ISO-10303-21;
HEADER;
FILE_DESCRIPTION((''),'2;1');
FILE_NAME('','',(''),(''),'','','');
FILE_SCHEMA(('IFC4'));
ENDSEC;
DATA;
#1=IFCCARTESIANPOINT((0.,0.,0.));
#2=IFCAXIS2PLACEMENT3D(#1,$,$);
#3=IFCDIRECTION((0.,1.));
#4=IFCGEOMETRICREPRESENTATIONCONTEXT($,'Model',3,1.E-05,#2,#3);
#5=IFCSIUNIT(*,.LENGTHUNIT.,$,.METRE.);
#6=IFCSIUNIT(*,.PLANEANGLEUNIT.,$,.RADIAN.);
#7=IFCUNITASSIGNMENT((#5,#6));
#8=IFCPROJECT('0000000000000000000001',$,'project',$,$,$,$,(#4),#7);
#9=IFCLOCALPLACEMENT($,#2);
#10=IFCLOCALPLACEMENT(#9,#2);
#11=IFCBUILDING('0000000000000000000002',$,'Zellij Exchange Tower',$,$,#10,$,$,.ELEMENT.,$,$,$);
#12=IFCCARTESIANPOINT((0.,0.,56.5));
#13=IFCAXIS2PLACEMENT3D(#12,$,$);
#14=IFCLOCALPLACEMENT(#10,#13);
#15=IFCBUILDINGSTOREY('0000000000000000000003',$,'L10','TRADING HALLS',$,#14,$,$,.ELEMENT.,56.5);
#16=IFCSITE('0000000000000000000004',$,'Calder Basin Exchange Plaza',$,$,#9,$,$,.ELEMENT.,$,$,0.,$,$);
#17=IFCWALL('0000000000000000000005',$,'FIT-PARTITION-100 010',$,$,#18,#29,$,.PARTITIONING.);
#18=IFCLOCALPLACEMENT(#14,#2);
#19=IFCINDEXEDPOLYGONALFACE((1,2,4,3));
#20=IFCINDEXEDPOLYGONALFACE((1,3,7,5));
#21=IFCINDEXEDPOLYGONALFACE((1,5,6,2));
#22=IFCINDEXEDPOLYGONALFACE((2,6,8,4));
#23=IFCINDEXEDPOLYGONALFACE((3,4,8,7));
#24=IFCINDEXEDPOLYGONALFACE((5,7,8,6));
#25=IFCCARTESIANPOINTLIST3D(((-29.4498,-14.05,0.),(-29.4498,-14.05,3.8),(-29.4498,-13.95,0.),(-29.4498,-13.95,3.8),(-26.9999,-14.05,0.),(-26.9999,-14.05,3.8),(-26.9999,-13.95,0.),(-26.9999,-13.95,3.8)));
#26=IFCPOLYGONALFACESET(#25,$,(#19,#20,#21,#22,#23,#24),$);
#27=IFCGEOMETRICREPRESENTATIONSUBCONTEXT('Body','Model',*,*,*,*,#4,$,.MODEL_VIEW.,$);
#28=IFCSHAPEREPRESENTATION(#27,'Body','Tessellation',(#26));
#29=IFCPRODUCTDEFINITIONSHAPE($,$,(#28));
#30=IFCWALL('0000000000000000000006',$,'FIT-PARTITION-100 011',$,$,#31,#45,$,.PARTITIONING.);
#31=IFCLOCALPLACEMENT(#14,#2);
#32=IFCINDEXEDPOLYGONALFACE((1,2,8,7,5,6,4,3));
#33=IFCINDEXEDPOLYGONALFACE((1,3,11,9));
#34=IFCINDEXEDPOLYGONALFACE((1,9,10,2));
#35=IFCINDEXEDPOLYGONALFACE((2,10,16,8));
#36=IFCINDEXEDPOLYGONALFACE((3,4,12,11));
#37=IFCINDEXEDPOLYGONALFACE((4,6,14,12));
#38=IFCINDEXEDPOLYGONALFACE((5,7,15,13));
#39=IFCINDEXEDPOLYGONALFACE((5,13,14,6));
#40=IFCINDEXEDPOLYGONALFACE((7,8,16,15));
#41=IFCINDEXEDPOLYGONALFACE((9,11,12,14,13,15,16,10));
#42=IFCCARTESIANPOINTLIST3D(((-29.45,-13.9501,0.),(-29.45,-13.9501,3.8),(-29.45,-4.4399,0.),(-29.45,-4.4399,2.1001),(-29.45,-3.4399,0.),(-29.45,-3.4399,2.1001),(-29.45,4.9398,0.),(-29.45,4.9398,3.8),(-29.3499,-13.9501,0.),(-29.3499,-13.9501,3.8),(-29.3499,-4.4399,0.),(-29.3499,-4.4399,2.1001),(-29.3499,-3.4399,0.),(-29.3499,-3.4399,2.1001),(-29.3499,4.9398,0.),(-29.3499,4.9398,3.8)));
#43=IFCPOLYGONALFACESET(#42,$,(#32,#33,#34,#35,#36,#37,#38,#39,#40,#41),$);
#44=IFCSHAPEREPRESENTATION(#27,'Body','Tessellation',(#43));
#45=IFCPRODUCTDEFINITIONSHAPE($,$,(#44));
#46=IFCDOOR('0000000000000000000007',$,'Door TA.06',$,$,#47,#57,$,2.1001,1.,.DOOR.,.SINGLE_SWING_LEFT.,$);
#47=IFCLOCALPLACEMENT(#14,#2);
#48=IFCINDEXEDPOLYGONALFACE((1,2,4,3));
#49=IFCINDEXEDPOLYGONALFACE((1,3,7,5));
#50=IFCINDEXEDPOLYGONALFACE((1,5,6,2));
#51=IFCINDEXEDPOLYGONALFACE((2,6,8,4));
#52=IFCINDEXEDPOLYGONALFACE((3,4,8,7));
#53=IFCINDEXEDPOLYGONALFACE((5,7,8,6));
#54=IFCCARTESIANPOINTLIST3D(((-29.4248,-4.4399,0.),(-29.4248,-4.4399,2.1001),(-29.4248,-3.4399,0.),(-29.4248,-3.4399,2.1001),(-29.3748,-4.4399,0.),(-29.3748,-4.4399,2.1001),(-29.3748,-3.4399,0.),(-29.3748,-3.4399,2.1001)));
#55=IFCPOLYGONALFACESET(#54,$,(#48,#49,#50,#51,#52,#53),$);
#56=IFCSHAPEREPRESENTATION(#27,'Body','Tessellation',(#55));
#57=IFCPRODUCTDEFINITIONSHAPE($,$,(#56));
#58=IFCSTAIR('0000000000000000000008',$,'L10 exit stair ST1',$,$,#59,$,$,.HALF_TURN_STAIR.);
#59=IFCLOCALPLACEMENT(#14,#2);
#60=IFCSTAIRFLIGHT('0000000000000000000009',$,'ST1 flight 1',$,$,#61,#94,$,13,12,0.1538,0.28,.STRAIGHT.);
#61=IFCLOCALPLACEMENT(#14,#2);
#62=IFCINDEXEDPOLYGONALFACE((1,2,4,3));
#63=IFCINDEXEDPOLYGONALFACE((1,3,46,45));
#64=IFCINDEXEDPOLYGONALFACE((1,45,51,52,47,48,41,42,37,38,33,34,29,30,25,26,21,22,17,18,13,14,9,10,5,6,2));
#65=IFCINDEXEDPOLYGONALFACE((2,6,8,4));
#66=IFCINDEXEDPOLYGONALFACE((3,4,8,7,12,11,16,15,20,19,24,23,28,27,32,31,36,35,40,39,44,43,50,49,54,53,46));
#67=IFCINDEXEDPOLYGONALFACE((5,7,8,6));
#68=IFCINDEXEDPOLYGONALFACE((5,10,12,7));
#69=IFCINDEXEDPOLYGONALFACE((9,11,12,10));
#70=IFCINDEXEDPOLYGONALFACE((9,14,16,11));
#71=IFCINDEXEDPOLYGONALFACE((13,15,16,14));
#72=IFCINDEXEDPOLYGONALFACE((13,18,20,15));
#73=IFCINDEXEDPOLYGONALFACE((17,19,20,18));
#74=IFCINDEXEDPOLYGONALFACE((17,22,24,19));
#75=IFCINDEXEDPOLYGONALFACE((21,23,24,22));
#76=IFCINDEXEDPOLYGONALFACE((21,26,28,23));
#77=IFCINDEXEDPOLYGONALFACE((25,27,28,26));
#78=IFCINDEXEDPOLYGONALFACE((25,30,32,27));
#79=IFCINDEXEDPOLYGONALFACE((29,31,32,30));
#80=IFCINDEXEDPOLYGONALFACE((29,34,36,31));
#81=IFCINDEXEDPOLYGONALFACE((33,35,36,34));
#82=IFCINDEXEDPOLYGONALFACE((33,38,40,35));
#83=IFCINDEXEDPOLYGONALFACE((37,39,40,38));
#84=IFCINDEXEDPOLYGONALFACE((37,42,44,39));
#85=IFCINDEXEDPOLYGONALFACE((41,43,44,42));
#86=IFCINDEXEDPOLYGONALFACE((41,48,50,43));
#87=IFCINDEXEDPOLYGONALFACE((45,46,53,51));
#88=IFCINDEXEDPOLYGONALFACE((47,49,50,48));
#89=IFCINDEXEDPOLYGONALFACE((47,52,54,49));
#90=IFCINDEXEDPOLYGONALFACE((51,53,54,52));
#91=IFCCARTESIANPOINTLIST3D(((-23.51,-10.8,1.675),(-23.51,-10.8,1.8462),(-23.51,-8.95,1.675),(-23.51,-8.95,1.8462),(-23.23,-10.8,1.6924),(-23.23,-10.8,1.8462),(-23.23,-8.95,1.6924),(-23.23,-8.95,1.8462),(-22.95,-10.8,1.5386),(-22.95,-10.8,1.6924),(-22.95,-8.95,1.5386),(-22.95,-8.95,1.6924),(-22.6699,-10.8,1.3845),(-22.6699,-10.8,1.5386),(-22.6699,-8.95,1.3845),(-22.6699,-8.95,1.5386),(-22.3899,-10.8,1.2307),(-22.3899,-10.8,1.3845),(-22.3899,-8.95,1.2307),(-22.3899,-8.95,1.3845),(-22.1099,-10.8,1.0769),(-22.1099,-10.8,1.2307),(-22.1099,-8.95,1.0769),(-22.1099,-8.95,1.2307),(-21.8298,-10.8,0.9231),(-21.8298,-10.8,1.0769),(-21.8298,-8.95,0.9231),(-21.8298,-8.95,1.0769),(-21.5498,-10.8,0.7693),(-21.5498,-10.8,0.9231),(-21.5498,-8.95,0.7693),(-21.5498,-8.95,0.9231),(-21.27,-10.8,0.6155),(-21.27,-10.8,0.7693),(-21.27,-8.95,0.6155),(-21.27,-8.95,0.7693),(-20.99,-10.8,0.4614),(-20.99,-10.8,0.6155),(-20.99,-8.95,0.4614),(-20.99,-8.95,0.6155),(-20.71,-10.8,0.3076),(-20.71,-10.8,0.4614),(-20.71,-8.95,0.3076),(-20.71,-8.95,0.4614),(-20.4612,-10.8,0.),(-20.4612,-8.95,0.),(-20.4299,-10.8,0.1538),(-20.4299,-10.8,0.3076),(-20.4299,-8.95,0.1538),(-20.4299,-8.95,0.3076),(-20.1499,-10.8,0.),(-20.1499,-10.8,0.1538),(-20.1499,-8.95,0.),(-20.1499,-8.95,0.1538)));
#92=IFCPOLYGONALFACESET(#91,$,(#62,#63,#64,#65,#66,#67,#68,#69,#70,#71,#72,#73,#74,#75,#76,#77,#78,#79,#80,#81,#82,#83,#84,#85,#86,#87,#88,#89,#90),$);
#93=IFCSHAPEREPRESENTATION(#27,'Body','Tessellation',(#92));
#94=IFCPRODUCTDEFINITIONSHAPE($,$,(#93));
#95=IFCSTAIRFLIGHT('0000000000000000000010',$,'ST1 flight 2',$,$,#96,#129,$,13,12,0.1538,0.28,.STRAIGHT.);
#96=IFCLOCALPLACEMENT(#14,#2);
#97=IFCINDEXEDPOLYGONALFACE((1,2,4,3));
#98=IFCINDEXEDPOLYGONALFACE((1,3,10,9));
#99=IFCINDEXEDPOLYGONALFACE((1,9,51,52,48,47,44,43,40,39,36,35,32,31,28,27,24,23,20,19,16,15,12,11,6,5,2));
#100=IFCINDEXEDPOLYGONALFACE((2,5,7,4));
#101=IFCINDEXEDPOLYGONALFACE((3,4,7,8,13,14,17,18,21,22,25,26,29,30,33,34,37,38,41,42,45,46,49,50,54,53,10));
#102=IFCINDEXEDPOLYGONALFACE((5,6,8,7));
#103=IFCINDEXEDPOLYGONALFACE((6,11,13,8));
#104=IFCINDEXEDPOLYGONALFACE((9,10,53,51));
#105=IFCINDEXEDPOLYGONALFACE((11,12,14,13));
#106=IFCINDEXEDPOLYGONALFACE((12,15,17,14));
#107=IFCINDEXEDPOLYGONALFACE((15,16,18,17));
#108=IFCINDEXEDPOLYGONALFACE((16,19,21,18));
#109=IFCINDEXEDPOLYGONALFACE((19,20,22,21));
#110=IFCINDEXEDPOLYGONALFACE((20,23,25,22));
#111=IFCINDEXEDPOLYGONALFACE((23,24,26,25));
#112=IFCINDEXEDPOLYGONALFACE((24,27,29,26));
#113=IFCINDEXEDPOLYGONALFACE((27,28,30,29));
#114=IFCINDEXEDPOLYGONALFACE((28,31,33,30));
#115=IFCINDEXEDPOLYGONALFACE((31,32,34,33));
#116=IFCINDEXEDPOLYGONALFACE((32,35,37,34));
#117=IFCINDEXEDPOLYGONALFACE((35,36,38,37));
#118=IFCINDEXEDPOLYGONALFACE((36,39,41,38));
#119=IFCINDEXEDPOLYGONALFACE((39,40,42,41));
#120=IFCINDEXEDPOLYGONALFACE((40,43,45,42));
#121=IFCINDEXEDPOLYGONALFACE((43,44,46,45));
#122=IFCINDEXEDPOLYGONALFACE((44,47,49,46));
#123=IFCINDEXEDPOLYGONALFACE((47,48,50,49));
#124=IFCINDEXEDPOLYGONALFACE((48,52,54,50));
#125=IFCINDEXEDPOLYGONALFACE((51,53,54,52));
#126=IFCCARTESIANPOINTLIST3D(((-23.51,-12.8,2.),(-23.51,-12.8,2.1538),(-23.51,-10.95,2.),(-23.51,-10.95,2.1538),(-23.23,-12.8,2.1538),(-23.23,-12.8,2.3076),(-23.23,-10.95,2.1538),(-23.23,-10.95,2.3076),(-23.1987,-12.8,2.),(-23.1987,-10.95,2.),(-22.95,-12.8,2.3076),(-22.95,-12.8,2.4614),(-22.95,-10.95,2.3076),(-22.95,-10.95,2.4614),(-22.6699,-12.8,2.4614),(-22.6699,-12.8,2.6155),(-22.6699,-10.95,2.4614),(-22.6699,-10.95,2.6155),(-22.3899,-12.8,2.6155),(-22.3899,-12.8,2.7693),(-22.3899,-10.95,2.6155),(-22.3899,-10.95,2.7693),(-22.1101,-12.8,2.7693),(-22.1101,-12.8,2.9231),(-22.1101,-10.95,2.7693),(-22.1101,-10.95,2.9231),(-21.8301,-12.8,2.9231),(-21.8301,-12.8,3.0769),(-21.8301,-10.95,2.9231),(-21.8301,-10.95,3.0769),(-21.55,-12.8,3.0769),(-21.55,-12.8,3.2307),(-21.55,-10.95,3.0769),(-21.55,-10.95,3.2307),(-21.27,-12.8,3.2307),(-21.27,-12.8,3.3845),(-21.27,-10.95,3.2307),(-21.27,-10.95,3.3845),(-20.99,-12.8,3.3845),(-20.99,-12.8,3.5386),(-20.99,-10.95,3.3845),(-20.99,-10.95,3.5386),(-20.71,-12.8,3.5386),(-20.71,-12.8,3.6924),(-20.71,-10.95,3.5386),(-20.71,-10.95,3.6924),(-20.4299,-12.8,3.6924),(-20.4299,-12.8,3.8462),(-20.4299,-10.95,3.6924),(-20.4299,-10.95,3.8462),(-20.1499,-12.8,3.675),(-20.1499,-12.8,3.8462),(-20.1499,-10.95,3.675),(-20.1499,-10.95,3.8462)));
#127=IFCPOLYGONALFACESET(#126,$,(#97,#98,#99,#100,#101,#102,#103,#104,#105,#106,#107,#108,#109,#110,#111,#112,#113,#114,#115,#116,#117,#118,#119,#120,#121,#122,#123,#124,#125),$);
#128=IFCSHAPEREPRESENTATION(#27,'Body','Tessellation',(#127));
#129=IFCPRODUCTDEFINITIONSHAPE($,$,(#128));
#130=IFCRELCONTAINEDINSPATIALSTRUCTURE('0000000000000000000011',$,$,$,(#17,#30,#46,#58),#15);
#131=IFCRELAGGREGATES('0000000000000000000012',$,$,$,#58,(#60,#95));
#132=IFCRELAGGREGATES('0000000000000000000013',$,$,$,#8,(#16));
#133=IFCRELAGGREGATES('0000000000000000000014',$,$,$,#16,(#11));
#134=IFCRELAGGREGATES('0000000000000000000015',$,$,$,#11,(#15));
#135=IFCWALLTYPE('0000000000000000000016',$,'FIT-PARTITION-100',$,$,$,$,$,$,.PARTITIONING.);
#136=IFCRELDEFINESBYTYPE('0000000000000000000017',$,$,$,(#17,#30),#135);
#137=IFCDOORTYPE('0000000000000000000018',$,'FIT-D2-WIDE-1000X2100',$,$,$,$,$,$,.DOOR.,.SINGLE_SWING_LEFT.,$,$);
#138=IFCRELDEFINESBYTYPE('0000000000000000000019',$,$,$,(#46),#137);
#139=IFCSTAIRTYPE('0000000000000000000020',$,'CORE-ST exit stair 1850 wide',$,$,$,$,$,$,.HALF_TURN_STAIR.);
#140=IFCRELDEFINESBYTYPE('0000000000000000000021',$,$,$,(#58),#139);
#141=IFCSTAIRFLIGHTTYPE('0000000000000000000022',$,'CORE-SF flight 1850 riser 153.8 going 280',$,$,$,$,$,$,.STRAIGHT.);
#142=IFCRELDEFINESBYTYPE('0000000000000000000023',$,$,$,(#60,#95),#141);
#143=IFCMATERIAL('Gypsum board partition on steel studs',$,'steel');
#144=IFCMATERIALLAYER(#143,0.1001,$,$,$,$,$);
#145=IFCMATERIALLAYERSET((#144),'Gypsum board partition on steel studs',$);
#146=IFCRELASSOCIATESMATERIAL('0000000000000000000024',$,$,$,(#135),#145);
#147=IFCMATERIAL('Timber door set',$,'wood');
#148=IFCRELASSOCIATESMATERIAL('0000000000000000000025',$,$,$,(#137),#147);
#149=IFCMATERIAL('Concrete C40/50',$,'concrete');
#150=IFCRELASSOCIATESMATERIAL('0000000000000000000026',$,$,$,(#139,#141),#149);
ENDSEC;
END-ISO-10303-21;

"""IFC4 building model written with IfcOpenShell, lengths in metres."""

from ifc_helpers import new_model, si_unit, direction, frame, frame_2d, origin, place, context, subcontext, project, spatial, polyline, rectangle, outline, extrude, material, layer, layer_set, type_object, element, fill, aggregate, save


model = new_model("IFC4")

# Units and contexts
model_context = context("Model", 3, precision=1e-05, world=origin(), true_north=direction((0.0, 1.0)))
body_context = subcontext(model_context, "Body", "Model", "MODEL_VIEW")
ifc_project = project(units=[si_unit("LENGTHUNIT", "METRE"), si_unit("PLANEANGLEUNIT", "RADIAN")], contexts=[model_context])

# Site, building, storey
site_placement = place(None, origin())
site = spatial("IfcSite", under=ifc_project, at=site_placement, Name="Calder Basin Exchange Plaza", CompositionType="ELEMENT", RefElevation=0.0)
building_placement = place(site_placement, origin())
building = spatial("IfcBuilding", under=site, at=building_placement, Name="Zellij Exchange Tower", CompositionType="ELEMENT")
storey_placement = place(building_placement, frame((0.0, 0.0, 56.5)))
storey = spatial("IfcBuildingStorey", under=building, at=storey_placement, Name="L10", Description="TRADING HALLS", CompositionType="ELEMENT", Elevation=56.5)

# Shared definitions
ifc_material_1 = material(Name="Gypsum board partition on steel studs", Category="steel")
ifc_layer_1 = layer(ifc_material_1, 0.1001)
ifc_layer_set_1 = layer_set([ifc_layer_1], Name="Gypsum board partition on steel studs")
wall_type_1 = type_object("IfcWallType", Name="FIT-PARTITION-100", PredefinedType="PARTITIONING", material=ifc_layer_set_1)
ifc_material_2 = material(Name="Timber door set", Category="wood")

# Wall
wall_1_placement = place(storey_placement, frame((-29.45, -14.0, 0.0), z_axis=(0.0, 0.0, 1.0), x_axis=(1.0, 0.0, 0.0)))
element("IfcWall", 1, at=wall_1_placement, inside=storey, type_object=wall_type_1, Name="FIT-PARTITION-100 010", PredefinedType="PARTITIONING", context=body_context, shape_type="SweptSolid", body=[
    extrude(rectangle(XDim=2.45, YDim=0.1001, at=frame_2d((1.2251, 0.0))), origin(), (0.0, 0.0, 1.0), 3.8),
])

# Wall, opening, door
wall_2_placement = place(storey_placement, frame((-29.3999, -13.95, 0.0), z_axis=(0.0, 0.0, 1.0), x_axis=(0.0, 1.0, 0.0)))
wall_2 = element("IfcWall", 2, at=wall_2_placement, inside=storey, type_object=wall_type_1, Name="FIT-PARTITION-100 011", PredefinedType="PARTITIONING", context=body_context, shape_type="SweptSolid", body=[
    extrude(rectangle(XDim=18.8899, YDim=0.1001, at=frame_2d((9.4448, 0.0))), origin(), (0.0, 0.0, 1.0), 3.8),
])
opening_1_placement = place(wall_2_placement, frame((9.51, 0.0, 0.0)))
opening_1 = element("IfcOpeningElement", 3, at=opening_1_placement, cuts=wall_2, PredefinedType="OPENING", context=body_context, shape_type="SweptSolid", body=[
    extrude(rectangle(XDim=1.0, YDim=2.1001, at=frame_2d((0.5, 1.05))), frame((0.0, 0.062, 0.0), z_axis=(0.0, -1.0, 0.0), x_axis=(1.0, 0.0, 0.0)), (0.0, 0.0, 1.0), 0.124),
])
door_type_1 = type_object("IfcDoorType", Name="FIT-D2-WIDE-1000X2100", OperationType="SINGLE_SWING_LEFT", PredefinedType="DOOR", material=ifc_material_2)
door_1_placement = place(opening_1_placement, origin())
door_1 = element("IfcDoor", 4, at=door_1_placement, inside=storey, type_object=door_type_1, Name="Door TA.06", OperationType="SINGLE_SWING_LEFT", OverallHeight=2.1001, OverallWidth=1.0, PredefinedType="DOOR", context=body_context, shape_type="SweptSolid", body=[
    extrude(rectangle(XDim=1.0, YDim=2.1001, at=frame_2d((0.5, 1.05))), frame((0.0, 0.0249, 0.0), z_axis=(0.0, -1.0, 0.0), x_axis=(1.0, 0.0, 0.0)), (0.0, 0.0, 1.0), 0.05),
])
fill(opening_1, door_1)

# Stair, stair flights
ifc_material_3 = material(Name="Concrete C40/50", Category="concrete")
stair_type = type_object("IfcStairType", Name="CORE-ST exit stair 1850 wide", PredefinedType="HALF_TURN_STAIR", material=ifc_material_3)
stair_placement = place(storey_placement, origin())
stair = element("IfcStair", 5, at=stair_placement, inside=storey, type_object=stair_type, Name="L10 exit stair ST1", PredefinedType="HALF_TURN_STAIR")
stair_flight_type = type_object("IfcStairFlightType", Name="CORE-SF flight 1850 riser 153.8 going 280", PredefinedType="STRAIGHT", material=ifc_material_3)
stair_flight_1_placement = place(storey_placement, frame((-20.1499, -9.875, 0.0), z_axis=(0.0, 0.0, 1.0), x_axis=(-1.0, 0.0, 0.0)))
stair_flight_1 = element("IfcStairFlight", 6, at=stair_flight_1_placement, type_object=stair_flight_type, Name="ST1 flight 1", NumberOfRisers=13, NumberOfTreads=12, PredefinedType="STRAIGHT", RiserHeight=0.1538, TreadLength=0.28, context=body_context, shape_type="SweptSolid", body=[
    extrude(outline(polyline([(0.0, 0.0), (0.0, 0.1538), (0.28, 0.1538), (0.28, 0.3076), (0.5601, 0.3076), (0.5601, 0.4614), (0.8401, 0.4614), (0.8401, 0.6155), (1.1201, 0.6155), (1.1201, 0.7693), (1.3999, 0.7693), (1.3999, 0.9231), (1.6799, 0.9231), (1.6799, 1.0769), (1.96, 1.0769), (1.96, 1.2307), (2.24, 1.2307), (2.24, 1.3845), (2.52, 1.3845), (2.52, 1.5386), (2.8, 1.5386), (2.8, 1.6924), (3.0801, 1.6924), (3.0801, 1.8462), (3.3601, 1.8462), (3.3601, 2.0), (3.3601, 1.675), (0.3113, 0.0), (0.0, 0.0)])), frame((0.0, 0.925, 0.0), z_axis=(0.0, -1.0, 0.0), x_axis=(1.0, 0.0, 0.0)), (0.0, 0.0, 1.0), 1.8501),
])
stair_flight_2_placement = place(storey_placement, frame((-23.51, -11.875, 2.0), z_axis=(0.0, 0.0, 1.0), x_axis=(1.0, 0.0, 0.0)))
stair_flight_2 = element("IfcStairFlight", 7, at=stair_flight_2_placement, type_object=stair_flight_type, Name="ST1 flight 2", NumberOfRisers=13, NumberOfTreads=12, PredefinedType="STRAIGHT", RiserHeight=0.1538, TreadLength=0.28, context=body_context, shape_type="SweptSolid", body=[
    extrude(outline(polyline([(0.0, 0.0), (0.0, 0.1538), (0.28, 0.1538), (0.28, 0.3076), (0.5601, 0.3076), (0.5601, 0.4614), (0.8401, 0.4614), (0.8401, 0.6155), (1.1201, 0.6155), (1.1201, 0.7693), (1.3999, 0.7693), (1.3999, 0.9231), (1.6799, 0.9231), (1.6799, 1.0769), (1.96, 1.0769), (1.96, 1.2307), (2.24, 1.2307), (2.24, 1.3845), (2.52, 1.3845), (2.52, 1.5386), (2.8, 1.5386), (2.8, 1.6924), (3.0801, 1.6924), (3.0801, 1.8462), (3.3601, 1.8462), (3.3601, 2.0), (3.3601, 1.675), (0.3113, 0.0), (0.0, 0.0)])), frame((0.0, 0.925, 0.0), z_axis=(0.0, -1.0, 0.0), x_axis=(1.0, 0.0, 0.0)), (0.0, 0.0, 1.0), 1.8501),
])
aggregate(stair, [stair_flight_1, stair_flight_2])

save(model, "model.ifc")
